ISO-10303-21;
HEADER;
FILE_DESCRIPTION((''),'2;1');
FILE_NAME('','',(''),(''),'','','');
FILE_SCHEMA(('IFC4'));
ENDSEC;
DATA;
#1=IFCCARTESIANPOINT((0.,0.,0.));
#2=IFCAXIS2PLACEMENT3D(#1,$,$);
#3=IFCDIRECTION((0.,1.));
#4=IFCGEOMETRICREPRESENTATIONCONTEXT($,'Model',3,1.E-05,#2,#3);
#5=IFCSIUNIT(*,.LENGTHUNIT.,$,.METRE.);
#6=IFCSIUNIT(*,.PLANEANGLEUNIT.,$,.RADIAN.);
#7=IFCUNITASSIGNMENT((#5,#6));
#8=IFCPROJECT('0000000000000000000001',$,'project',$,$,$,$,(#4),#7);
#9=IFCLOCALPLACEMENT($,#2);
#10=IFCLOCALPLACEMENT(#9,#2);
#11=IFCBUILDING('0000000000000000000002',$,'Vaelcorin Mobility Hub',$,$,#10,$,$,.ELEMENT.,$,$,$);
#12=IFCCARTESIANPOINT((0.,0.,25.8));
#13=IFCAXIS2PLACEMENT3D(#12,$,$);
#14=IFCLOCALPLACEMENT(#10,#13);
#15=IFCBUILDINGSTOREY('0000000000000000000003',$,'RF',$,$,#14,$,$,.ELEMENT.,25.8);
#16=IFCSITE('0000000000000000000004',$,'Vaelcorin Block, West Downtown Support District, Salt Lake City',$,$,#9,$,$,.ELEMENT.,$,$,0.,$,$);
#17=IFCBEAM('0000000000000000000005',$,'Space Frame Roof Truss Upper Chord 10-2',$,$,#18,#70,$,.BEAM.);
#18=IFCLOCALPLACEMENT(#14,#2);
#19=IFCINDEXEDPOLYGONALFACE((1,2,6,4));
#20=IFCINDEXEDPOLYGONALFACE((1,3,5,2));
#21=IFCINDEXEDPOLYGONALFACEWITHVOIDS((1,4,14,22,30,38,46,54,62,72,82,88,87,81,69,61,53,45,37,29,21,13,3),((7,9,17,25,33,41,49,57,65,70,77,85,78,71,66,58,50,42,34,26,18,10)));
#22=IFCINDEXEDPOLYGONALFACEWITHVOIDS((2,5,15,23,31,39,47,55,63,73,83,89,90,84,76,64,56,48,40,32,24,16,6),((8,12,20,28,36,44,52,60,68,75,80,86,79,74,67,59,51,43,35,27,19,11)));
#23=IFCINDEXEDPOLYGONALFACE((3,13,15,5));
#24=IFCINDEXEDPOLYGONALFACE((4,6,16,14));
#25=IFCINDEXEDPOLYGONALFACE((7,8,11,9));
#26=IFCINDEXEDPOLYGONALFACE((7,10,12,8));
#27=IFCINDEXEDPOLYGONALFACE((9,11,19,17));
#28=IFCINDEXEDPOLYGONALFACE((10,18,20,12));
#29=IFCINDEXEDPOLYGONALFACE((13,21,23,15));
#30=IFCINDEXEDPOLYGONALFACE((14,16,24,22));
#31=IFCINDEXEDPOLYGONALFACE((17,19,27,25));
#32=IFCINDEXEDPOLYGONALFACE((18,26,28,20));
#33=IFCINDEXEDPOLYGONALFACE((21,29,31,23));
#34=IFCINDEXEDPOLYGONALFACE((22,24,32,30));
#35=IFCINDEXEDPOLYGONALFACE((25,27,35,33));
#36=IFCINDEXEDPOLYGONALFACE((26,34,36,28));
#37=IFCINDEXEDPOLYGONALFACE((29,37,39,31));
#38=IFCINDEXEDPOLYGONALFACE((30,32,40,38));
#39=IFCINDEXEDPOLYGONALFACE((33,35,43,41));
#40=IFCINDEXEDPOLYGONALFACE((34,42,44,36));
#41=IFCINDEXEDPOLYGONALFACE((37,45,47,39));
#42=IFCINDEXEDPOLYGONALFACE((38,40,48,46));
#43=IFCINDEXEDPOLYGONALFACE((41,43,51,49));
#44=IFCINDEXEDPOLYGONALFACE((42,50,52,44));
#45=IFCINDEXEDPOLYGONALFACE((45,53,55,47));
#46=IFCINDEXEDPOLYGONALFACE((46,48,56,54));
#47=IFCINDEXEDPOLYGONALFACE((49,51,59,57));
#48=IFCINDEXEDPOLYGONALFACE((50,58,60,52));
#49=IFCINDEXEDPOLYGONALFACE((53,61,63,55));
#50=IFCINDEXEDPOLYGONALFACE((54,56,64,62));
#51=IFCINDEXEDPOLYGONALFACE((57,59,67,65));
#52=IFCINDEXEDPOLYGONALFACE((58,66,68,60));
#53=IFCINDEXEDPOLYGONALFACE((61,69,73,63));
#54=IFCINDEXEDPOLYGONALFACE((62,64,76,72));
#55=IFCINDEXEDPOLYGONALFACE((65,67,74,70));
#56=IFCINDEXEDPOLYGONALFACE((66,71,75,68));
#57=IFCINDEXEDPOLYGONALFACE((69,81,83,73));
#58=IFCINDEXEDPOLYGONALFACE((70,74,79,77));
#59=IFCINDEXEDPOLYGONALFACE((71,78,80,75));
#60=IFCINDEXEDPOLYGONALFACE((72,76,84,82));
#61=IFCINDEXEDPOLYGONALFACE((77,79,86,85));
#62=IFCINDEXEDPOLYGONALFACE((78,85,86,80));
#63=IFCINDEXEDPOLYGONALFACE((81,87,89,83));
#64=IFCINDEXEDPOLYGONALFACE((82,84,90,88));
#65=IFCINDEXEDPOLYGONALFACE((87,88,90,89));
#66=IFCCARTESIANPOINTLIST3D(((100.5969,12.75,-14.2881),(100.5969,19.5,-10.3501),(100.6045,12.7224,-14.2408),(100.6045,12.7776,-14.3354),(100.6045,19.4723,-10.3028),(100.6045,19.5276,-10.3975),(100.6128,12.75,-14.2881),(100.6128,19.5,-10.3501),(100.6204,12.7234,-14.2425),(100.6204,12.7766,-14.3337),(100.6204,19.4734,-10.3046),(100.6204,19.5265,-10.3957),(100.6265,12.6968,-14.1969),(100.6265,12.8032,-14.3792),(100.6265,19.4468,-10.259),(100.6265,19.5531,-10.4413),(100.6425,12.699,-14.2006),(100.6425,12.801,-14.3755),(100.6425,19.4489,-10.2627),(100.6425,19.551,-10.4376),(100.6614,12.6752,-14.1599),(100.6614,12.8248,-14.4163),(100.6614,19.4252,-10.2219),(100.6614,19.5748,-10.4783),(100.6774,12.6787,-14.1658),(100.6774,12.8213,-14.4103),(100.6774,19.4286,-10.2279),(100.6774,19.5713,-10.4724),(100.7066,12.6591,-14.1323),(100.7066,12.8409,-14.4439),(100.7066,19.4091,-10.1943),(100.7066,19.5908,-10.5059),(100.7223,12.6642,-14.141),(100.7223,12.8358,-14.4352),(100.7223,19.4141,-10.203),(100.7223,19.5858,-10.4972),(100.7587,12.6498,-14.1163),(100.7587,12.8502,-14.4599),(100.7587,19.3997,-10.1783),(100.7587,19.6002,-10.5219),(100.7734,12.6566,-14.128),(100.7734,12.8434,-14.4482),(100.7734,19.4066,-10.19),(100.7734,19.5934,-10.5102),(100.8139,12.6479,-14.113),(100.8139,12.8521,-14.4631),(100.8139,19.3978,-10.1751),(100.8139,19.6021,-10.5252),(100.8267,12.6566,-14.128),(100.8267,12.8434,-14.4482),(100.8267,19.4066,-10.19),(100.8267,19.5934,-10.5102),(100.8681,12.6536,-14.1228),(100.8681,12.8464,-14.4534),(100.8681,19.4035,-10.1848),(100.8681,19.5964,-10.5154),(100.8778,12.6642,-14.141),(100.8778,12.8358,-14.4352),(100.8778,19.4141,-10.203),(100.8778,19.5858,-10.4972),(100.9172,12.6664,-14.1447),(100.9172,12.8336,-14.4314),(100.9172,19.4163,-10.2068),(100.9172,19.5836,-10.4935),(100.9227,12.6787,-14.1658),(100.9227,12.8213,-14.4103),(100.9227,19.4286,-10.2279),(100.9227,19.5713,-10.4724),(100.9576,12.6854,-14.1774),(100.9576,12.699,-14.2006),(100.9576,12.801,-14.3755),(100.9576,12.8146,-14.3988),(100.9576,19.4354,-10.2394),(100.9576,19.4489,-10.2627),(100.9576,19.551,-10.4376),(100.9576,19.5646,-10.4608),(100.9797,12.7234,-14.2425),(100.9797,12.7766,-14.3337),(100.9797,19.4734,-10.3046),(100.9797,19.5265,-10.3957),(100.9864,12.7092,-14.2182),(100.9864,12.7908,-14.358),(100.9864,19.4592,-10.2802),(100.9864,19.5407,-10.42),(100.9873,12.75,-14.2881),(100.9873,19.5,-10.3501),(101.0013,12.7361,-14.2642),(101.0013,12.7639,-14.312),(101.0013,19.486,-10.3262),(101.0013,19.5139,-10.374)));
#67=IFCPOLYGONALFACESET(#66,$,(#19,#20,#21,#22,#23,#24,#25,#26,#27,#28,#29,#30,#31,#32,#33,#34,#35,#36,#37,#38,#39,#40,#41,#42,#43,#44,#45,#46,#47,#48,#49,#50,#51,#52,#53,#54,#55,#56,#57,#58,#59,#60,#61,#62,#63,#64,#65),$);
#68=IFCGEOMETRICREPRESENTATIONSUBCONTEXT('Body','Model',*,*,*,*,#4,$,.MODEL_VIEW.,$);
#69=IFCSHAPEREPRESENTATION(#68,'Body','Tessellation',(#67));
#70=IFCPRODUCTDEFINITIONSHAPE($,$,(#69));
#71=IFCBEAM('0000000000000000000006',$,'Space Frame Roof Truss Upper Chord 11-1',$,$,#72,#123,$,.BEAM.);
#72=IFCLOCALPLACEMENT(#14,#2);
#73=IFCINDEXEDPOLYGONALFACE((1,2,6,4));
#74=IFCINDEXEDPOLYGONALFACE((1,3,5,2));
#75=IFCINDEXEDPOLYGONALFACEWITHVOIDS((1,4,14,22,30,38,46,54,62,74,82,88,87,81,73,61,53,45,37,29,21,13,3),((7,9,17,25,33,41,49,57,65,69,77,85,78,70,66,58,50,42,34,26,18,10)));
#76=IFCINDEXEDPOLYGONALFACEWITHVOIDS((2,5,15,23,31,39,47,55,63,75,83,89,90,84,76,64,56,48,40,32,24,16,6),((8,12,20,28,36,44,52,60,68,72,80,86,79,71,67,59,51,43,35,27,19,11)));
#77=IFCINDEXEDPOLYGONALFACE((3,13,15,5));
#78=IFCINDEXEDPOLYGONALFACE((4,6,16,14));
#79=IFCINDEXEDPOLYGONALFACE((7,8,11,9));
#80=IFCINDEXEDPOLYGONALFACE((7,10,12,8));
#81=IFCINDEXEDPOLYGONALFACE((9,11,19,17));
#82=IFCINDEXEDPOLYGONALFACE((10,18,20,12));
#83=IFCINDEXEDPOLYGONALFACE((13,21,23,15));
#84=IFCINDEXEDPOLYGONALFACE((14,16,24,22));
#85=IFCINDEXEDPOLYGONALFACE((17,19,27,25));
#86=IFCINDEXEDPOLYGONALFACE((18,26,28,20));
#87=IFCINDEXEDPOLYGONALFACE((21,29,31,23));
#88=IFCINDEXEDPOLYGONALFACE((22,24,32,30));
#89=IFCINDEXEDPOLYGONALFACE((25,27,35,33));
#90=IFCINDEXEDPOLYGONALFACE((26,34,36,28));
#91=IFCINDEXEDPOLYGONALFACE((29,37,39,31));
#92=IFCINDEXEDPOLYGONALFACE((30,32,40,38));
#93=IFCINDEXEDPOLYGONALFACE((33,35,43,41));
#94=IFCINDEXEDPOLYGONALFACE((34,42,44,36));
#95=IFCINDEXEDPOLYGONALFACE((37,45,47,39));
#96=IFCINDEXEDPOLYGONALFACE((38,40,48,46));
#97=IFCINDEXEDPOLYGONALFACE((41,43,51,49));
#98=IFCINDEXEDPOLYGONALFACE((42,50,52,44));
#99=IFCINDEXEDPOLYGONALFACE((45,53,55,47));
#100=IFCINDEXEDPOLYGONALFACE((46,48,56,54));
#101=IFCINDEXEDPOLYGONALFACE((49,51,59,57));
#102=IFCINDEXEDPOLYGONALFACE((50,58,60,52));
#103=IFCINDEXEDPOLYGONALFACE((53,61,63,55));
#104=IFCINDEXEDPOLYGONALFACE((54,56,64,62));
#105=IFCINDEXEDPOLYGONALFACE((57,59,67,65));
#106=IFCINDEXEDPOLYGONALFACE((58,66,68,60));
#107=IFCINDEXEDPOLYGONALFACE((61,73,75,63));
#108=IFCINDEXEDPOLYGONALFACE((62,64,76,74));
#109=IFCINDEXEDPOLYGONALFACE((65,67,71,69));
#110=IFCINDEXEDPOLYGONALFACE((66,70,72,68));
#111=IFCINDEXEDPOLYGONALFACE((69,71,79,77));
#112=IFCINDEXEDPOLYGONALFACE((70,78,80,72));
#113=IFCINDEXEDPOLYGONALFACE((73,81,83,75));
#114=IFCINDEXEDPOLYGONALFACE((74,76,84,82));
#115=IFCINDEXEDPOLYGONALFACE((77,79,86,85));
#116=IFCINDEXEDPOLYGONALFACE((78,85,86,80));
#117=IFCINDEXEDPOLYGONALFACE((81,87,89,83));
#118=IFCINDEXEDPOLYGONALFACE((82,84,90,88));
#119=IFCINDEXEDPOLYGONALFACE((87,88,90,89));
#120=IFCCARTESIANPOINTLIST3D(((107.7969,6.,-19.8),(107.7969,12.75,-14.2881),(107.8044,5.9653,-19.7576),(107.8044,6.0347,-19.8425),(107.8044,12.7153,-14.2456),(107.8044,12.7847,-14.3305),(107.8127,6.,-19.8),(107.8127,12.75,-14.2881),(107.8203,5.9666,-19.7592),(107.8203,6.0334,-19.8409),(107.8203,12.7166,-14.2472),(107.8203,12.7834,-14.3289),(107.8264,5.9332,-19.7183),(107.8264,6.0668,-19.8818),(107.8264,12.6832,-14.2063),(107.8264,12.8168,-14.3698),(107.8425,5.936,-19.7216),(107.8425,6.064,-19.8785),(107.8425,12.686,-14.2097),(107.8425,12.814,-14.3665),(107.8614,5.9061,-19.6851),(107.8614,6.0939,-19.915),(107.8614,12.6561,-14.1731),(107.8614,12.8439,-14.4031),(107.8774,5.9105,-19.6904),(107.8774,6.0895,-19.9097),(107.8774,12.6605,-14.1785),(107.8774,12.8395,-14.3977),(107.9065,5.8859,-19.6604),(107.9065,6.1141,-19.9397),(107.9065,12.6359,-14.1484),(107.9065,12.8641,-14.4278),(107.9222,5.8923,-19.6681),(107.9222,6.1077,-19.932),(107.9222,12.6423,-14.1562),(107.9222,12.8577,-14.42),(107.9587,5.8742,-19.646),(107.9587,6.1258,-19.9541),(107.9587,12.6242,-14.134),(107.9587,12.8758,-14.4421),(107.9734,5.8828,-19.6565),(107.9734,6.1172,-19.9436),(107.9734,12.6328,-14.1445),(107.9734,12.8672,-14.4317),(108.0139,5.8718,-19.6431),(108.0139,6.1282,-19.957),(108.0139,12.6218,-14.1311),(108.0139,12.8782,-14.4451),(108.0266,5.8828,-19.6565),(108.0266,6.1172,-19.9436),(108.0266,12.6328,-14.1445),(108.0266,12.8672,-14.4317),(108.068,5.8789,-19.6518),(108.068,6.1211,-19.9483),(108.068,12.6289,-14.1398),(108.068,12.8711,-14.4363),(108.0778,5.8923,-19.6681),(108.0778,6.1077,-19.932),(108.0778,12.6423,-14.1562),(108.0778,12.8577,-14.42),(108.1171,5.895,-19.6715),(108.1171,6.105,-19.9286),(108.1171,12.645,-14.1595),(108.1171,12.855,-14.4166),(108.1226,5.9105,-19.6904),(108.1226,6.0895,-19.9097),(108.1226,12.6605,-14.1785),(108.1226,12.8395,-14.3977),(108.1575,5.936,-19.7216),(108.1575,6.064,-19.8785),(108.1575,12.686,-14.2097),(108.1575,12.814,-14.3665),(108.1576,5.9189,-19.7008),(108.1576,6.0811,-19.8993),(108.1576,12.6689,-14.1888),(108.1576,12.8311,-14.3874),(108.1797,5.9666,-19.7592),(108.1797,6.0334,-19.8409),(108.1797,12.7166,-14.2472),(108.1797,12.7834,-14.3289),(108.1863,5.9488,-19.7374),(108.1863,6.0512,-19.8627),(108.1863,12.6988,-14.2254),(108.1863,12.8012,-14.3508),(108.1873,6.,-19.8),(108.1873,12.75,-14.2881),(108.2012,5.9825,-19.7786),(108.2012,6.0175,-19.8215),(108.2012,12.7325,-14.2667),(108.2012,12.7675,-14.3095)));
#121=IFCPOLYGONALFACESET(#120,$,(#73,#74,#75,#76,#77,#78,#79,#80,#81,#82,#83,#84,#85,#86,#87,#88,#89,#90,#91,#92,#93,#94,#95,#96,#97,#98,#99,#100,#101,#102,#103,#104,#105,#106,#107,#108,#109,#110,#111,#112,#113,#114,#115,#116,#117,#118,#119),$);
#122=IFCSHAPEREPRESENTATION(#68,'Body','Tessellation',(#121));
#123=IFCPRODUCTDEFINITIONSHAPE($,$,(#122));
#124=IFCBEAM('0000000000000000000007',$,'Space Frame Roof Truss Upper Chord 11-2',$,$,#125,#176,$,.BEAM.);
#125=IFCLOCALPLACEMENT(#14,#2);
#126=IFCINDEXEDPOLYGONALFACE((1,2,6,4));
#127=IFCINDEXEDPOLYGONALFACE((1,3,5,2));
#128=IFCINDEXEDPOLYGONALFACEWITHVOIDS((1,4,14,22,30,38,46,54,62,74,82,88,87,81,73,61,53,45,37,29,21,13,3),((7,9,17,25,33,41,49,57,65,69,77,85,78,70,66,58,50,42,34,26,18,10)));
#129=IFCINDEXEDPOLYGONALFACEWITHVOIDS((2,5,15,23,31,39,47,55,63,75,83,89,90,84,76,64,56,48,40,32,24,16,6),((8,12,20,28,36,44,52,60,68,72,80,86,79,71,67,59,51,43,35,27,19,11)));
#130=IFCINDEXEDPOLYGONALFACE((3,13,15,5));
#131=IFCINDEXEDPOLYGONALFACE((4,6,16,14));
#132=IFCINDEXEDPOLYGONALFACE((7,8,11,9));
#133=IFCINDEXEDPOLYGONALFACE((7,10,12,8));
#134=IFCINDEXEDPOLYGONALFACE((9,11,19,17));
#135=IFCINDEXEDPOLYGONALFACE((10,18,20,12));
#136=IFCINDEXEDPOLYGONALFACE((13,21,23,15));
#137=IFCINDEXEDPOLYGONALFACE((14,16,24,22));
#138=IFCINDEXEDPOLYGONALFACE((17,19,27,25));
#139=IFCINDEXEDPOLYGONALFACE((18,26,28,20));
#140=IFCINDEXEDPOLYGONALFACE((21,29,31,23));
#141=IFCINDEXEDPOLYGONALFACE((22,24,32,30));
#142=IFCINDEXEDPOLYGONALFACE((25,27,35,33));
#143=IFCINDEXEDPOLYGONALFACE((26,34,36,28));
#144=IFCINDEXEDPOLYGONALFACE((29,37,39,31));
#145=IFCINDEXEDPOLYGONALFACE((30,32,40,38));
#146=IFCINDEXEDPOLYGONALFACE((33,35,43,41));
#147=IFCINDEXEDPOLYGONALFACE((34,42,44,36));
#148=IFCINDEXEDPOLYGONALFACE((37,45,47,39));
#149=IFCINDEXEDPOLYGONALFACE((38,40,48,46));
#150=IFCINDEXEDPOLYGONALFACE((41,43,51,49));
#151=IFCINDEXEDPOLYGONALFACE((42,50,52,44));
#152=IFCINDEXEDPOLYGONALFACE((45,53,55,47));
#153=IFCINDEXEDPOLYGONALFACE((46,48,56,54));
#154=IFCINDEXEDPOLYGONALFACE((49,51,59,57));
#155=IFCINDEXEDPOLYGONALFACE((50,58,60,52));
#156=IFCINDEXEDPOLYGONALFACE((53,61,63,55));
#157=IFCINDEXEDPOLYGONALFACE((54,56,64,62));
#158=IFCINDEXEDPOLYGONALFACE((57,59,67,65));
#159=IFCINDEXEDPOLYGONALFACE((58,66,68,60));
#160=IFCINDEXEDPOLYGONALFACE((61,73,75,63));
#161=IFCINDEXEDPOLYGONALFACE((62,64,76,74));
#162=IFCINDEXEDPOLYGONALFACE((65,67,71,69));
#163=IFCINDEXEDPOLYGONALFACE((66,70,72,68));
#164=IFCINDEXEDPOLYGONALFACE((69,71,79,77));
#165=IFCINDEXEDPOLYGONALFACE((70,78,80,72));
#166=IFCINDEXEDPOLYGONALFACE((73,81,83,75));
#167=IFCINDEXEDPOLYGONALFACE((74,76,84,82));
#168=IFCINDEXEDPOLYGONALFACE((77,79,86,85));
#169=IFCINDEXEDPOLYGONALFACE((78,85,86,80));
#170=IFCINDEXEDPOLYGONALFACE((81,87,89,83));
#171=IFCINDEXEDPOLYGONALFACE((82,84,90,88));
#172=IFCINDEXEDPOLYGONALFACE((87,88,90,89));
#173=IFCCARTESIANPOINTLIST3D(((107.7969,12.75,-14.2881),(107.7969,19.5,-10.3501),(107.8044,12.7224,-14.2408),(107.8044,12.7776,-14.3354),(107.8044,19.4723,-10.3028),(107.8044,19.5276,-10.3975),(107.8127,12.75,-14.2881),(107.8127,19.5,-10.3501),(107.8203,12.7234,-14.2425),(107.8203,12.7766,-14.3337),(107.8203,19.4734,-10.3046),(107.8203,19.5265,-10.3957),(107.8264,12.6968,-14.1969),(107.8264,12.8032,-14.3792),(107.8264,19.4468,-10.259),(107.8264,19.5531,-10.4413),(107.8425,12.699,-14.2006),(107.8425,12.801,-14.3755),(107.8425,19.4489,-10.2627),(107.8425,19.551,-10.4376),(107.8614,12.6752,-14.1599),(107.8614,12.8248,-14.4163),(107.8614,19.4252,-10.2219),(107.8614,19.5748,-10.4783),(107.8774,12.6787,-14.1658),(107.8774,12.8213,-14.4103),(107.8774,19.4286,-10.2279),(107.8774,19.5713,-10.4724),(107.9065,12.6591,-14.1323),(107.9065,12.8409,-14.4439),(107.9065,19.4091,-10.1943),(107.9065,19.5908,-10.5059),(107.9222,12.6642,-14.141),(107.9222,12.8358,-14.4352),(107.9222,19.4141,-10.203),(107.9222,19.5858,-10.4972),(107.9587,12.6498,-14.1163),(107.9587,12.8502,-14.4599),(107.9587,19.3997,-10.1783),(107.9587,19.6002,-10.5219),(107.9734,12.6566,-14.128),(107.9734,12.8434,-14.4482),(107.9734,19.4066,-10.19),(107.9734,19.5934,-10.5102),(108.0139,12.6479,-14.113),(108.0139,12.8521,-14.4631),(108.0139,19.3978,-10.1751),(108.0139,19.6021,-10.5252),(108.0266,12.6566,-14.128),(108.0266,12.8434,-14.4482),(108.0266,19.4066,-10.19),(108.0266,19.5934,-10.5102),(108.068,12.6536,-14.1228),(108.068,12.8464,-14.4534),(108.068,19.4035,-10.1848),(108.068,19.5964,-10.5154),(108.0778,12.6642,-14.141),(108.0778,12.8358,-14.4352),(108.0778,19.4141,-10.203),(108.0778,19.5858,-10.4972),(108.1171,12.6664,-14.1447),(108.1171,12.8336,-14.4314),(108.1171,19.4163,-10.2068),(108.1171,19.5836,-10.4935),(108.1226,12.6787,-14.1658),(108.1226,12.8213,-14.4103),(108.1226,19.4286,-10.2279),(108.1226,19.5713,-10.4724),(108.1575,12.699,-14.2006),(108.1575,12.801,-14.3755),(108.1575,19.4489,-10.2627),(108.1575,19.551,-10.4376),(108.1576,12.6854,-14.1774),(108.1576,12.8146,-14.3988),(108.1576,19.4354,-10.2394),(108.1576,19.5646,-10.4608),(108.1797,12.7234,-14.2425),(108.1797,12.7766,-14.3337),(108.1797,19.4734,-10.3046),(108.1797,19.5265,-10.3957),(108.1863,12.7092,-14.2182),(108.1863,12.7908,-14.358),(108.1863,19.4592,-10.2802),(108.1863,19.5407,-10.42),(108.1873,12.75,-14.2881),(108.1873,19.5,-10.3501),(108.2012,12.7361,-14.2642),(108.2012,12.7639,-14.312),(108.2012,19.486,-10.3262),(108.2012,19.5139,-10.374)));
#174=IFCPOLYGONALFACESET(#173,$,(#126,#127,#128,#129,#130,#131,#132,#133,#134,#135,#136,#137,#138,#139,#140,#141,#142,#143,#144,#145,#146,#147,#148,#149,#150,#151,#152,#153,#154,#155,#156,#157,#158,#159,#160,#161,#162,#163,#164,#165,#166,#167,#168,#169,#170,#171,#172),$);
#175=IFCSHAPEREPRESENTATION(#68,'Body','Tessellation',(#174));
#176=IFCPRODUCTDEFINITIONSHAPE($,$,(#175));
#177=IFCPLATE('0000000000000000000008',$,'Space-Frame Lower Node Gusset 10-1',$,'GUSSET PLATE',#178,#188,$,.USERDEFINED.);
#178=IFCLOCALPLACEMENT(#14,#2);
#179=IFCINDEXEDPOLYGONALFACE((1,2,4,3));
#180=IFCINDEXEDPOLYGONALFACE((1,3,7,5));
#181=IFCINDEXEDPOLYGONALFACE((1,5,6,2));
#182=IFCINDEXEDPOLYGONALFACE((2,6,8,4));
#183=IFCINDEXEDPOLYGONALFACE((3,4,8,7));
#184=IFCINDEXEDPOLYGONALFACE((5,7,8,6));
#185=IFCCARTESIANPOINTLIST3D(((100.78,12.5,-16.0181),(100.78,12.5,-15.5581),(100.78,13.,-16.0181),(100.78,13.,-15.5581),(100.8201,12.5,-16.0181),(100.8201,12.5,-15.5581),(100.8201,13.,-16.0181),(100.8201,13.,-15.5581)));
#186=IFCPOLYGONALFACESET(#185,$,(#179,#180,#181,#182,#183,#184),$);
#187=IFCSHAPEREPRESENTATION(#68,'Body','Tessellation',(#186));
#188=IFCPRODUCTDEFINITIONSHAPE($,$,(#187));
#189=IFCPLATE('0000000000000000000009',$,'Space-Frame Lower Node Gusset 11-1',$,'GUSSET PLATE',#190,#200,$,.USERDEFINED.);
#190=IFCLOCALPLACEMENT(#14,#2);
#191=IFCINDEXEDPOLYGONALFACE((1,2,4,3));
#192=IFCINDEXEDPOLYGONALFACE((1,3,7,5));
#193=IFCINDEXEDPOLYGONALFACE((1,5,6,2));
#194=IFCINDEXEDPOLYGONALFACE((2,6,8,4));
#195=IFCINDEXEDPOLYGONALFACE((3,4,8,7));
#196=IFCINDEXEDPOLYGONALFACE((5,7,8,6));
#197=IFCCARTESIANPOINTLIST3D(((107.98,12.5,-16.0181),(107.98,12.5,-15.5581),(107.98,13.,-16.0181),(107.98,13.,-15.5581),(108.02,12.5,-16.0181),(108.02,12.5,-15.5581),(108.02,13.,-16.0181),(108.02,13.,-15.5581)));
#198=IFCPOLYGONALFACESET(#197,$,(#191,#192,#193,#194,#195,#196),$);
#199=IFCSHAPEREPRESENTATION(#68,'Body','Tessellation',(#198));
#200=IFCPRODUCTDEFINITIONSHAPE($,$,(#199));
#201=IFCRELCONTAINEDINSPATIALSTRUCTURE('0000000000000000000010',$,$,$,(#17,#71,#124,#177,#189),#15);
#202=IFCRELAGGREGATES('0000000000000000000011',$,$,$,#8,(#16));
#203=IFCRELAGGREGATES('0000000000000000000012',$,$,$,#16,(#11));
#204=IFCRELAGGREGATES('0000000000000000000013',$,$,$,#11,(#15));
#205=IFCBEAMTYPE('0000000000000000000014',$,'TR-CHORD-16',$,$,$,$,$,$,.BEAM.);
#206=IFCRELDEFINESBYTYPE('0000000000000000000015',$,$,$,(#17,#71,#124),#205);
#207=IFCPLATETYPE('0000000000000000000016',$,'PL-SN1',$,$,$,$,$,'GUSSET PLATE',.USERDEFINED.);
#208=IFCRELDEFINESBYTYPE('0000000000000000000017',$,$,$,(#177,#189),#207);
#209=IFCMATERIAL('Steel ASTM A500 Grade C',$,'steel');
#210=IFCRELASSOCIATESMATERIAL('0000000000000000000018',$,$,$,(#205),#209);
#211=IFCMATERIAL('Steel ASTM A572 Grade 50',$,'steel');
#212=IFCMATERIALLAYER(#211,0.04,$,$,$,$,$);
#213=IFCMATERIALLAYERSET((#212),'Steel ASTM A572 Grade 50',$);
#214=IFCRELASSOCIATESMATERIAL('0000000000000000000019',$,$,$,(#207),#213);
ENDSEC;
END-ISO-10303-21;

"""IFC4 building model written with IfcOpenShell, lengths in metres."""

from ifc_helpers import new_model, si_unit, direction, frame, origin, origin_2d, place, context, subcontext, project, spatial, rectangle, hollow_circle, extrude, material, layer, layer_set, material_profile, profile_set, type_object, element, save


model = new_model("IFC4")

# Units and contexts
model_context = context("Model", 3, precision=1e-05, world=origin(), true_north=direction((0.0, 1.0)))
body_context = subcontext(model_context, "Body", "Model", "MODEL_VIEW")
ifc_project = project(units=[si_unit("LENGTHUNIT", "METRE"), si_unit("PLANEANGLEUNIT", "RADIAN")], contexts=[model_context])

# Site, building, storey
site_placement = place(None, origin())
site = spatial("IfcSite", under=ifc_project, at=site_placement, Name="Vaelcorin Block, West Downtown Support District, Salt Lake City", CompositionType="ELEMENT", RefElevation=0.0)
building_placement = place(site_placement, origin())
building = spatial("IfcBuilding", under=site, at=building_placement, Name="Vaelcorin Mobility Hub", CompositionType="ELEMENT")
storey_placement = place(building_placement, frame((0.0, 0.0, 25.8)))
storey = spatial("IfcBuildingStorey", under=building, at=storey_placement, Name="RF", CompositionType="ELEMENT", Elevation=25.8)

# Shared definitions
ifc_material_1 = material(Name="Steel ASTM A500 Grade C", Category="steel")

# Beams
ifc_material_profile_1 = material_profile(ifc_material_1, hollow_circle(Radius=0.2031, WallThickness=0.0159, at=origin_2d()), Name="HSS16.000X0.625")
ifc_profile_set_1 = profile_set([ifc_material_profile_1], Name="Steel ASTM A500 Grade C")
beam_type = type_object("IfcBeamType", Name="TR-CHORD-16", PredefinedType="BEAM", material=ifc_profile_set_1)
beam_1_placement = place(storey_placement, frame((100.8, 12.75, -14.2881), z_axis=(0.0, 0.863752, 0.503918), x_axis=(-1.0, 0.0, 0.0)))
element("IfcBeam", 1, at=beam_1_placement, inside=storey, type_object=beam_type, Name="Space Frame Roof Truss Upper Chord 10-2", PredefinedType="BEAM", context=body_context, shape_type="SweptSolid", body=[
    extrude(hollow_circle(Radius=0.2031, WallThickness=0.0159, at=origin_2d()), origin(), (0.0, 0.0, 1.0), 7.8147),
])
beam_2_placement = place(storey_placement, frame((108.0, 6.0, -19.8), z_axis=(0.0, 0.774562, 0.632498), x_axis=(-1.0, 0.0, 0.0)))
element("IfcBeam", 2, at=beam_2_placement, inside=storey, type_object=beam_type, Name="Space Frame Roof Truss Upper Chord 11-1", PredefinedType="BEAM", context=body_context, shape_type="SweptSolid", body=[
    extrude(hollow_circle(Radius=0.2031, WallThickness=0.0159, at=origin_2d()), origin(), (0.0, 0.0, 1.0), 8.7146),
])
beam_3_placement = place(storey_placement, frame((108.0, 12.75, -14.2881), z_axis=(0.0, 0.863752, 0.503918), x_axis=(-1.0, 0.0, 0.0)))
element("IfcBeam", 3, at=beam_3_placement, inside=storey, type_object=beam_type, Name="Space Frame Roof Truss Upper Chord 11-2", PredefinedType="BEAM", context=body_context, shape_type="SweptSolid", body=[
    extrude(hollow_circle(Radius=0.2031, WallThickness=0.0159, at=origin_2d()), origin(), (0.0, 0.0, 1.0), 7.8147),
])

# Plates
ifc_material_2 = material(Name="Steel ASTM A572 Grade 50", Category="steel")
ifc_layer_1 = layer(ifc_material_2, 0.04)
ifc_layer_set_1 = layer_set([ifc_layer_1], Name="Steel ASTM A572 Grade 50")
plate_type_1 = type_object("IfcPlateType", Name="PL-SN1", ElementType="GUSSET PLATE", PredefinedType="USERDEFINED", material=ifc_layer_set_1)
for number, where, z_axis, x_axis, name in (
    (4, (100.8, 12.75, -16.0181), (0.0, 0.0, 1.0), (1.0, 0.0, 0.0), "Space-Frame Lower Node Gusset 10-1"),
    (5, (108.0, 12.75, -16.0181), (0.0, 0.0, 1.0), (1.0, 0.0, 0.0), "Space-Frame Lower Node Gusset 11-1"),
):
    element("IfcPlate", number, at=place(storey_placement, frame(where, z_axis=z_axis, x_axis=x_axis)), inside=storey, type_object=plate_type_1, Name=name, ObjectType="GUSSET PLATE", PredefinedType="USERDEFINED", context=body_context, shape_type="SweptSolid", body=[
        extrude(rectangle(XDim=0.04, YDim=0.5, at=origin_2d()), origin(), (0.0, 0.0, 1.0), 0.46),
    ])

save(model, "model.ifc")
